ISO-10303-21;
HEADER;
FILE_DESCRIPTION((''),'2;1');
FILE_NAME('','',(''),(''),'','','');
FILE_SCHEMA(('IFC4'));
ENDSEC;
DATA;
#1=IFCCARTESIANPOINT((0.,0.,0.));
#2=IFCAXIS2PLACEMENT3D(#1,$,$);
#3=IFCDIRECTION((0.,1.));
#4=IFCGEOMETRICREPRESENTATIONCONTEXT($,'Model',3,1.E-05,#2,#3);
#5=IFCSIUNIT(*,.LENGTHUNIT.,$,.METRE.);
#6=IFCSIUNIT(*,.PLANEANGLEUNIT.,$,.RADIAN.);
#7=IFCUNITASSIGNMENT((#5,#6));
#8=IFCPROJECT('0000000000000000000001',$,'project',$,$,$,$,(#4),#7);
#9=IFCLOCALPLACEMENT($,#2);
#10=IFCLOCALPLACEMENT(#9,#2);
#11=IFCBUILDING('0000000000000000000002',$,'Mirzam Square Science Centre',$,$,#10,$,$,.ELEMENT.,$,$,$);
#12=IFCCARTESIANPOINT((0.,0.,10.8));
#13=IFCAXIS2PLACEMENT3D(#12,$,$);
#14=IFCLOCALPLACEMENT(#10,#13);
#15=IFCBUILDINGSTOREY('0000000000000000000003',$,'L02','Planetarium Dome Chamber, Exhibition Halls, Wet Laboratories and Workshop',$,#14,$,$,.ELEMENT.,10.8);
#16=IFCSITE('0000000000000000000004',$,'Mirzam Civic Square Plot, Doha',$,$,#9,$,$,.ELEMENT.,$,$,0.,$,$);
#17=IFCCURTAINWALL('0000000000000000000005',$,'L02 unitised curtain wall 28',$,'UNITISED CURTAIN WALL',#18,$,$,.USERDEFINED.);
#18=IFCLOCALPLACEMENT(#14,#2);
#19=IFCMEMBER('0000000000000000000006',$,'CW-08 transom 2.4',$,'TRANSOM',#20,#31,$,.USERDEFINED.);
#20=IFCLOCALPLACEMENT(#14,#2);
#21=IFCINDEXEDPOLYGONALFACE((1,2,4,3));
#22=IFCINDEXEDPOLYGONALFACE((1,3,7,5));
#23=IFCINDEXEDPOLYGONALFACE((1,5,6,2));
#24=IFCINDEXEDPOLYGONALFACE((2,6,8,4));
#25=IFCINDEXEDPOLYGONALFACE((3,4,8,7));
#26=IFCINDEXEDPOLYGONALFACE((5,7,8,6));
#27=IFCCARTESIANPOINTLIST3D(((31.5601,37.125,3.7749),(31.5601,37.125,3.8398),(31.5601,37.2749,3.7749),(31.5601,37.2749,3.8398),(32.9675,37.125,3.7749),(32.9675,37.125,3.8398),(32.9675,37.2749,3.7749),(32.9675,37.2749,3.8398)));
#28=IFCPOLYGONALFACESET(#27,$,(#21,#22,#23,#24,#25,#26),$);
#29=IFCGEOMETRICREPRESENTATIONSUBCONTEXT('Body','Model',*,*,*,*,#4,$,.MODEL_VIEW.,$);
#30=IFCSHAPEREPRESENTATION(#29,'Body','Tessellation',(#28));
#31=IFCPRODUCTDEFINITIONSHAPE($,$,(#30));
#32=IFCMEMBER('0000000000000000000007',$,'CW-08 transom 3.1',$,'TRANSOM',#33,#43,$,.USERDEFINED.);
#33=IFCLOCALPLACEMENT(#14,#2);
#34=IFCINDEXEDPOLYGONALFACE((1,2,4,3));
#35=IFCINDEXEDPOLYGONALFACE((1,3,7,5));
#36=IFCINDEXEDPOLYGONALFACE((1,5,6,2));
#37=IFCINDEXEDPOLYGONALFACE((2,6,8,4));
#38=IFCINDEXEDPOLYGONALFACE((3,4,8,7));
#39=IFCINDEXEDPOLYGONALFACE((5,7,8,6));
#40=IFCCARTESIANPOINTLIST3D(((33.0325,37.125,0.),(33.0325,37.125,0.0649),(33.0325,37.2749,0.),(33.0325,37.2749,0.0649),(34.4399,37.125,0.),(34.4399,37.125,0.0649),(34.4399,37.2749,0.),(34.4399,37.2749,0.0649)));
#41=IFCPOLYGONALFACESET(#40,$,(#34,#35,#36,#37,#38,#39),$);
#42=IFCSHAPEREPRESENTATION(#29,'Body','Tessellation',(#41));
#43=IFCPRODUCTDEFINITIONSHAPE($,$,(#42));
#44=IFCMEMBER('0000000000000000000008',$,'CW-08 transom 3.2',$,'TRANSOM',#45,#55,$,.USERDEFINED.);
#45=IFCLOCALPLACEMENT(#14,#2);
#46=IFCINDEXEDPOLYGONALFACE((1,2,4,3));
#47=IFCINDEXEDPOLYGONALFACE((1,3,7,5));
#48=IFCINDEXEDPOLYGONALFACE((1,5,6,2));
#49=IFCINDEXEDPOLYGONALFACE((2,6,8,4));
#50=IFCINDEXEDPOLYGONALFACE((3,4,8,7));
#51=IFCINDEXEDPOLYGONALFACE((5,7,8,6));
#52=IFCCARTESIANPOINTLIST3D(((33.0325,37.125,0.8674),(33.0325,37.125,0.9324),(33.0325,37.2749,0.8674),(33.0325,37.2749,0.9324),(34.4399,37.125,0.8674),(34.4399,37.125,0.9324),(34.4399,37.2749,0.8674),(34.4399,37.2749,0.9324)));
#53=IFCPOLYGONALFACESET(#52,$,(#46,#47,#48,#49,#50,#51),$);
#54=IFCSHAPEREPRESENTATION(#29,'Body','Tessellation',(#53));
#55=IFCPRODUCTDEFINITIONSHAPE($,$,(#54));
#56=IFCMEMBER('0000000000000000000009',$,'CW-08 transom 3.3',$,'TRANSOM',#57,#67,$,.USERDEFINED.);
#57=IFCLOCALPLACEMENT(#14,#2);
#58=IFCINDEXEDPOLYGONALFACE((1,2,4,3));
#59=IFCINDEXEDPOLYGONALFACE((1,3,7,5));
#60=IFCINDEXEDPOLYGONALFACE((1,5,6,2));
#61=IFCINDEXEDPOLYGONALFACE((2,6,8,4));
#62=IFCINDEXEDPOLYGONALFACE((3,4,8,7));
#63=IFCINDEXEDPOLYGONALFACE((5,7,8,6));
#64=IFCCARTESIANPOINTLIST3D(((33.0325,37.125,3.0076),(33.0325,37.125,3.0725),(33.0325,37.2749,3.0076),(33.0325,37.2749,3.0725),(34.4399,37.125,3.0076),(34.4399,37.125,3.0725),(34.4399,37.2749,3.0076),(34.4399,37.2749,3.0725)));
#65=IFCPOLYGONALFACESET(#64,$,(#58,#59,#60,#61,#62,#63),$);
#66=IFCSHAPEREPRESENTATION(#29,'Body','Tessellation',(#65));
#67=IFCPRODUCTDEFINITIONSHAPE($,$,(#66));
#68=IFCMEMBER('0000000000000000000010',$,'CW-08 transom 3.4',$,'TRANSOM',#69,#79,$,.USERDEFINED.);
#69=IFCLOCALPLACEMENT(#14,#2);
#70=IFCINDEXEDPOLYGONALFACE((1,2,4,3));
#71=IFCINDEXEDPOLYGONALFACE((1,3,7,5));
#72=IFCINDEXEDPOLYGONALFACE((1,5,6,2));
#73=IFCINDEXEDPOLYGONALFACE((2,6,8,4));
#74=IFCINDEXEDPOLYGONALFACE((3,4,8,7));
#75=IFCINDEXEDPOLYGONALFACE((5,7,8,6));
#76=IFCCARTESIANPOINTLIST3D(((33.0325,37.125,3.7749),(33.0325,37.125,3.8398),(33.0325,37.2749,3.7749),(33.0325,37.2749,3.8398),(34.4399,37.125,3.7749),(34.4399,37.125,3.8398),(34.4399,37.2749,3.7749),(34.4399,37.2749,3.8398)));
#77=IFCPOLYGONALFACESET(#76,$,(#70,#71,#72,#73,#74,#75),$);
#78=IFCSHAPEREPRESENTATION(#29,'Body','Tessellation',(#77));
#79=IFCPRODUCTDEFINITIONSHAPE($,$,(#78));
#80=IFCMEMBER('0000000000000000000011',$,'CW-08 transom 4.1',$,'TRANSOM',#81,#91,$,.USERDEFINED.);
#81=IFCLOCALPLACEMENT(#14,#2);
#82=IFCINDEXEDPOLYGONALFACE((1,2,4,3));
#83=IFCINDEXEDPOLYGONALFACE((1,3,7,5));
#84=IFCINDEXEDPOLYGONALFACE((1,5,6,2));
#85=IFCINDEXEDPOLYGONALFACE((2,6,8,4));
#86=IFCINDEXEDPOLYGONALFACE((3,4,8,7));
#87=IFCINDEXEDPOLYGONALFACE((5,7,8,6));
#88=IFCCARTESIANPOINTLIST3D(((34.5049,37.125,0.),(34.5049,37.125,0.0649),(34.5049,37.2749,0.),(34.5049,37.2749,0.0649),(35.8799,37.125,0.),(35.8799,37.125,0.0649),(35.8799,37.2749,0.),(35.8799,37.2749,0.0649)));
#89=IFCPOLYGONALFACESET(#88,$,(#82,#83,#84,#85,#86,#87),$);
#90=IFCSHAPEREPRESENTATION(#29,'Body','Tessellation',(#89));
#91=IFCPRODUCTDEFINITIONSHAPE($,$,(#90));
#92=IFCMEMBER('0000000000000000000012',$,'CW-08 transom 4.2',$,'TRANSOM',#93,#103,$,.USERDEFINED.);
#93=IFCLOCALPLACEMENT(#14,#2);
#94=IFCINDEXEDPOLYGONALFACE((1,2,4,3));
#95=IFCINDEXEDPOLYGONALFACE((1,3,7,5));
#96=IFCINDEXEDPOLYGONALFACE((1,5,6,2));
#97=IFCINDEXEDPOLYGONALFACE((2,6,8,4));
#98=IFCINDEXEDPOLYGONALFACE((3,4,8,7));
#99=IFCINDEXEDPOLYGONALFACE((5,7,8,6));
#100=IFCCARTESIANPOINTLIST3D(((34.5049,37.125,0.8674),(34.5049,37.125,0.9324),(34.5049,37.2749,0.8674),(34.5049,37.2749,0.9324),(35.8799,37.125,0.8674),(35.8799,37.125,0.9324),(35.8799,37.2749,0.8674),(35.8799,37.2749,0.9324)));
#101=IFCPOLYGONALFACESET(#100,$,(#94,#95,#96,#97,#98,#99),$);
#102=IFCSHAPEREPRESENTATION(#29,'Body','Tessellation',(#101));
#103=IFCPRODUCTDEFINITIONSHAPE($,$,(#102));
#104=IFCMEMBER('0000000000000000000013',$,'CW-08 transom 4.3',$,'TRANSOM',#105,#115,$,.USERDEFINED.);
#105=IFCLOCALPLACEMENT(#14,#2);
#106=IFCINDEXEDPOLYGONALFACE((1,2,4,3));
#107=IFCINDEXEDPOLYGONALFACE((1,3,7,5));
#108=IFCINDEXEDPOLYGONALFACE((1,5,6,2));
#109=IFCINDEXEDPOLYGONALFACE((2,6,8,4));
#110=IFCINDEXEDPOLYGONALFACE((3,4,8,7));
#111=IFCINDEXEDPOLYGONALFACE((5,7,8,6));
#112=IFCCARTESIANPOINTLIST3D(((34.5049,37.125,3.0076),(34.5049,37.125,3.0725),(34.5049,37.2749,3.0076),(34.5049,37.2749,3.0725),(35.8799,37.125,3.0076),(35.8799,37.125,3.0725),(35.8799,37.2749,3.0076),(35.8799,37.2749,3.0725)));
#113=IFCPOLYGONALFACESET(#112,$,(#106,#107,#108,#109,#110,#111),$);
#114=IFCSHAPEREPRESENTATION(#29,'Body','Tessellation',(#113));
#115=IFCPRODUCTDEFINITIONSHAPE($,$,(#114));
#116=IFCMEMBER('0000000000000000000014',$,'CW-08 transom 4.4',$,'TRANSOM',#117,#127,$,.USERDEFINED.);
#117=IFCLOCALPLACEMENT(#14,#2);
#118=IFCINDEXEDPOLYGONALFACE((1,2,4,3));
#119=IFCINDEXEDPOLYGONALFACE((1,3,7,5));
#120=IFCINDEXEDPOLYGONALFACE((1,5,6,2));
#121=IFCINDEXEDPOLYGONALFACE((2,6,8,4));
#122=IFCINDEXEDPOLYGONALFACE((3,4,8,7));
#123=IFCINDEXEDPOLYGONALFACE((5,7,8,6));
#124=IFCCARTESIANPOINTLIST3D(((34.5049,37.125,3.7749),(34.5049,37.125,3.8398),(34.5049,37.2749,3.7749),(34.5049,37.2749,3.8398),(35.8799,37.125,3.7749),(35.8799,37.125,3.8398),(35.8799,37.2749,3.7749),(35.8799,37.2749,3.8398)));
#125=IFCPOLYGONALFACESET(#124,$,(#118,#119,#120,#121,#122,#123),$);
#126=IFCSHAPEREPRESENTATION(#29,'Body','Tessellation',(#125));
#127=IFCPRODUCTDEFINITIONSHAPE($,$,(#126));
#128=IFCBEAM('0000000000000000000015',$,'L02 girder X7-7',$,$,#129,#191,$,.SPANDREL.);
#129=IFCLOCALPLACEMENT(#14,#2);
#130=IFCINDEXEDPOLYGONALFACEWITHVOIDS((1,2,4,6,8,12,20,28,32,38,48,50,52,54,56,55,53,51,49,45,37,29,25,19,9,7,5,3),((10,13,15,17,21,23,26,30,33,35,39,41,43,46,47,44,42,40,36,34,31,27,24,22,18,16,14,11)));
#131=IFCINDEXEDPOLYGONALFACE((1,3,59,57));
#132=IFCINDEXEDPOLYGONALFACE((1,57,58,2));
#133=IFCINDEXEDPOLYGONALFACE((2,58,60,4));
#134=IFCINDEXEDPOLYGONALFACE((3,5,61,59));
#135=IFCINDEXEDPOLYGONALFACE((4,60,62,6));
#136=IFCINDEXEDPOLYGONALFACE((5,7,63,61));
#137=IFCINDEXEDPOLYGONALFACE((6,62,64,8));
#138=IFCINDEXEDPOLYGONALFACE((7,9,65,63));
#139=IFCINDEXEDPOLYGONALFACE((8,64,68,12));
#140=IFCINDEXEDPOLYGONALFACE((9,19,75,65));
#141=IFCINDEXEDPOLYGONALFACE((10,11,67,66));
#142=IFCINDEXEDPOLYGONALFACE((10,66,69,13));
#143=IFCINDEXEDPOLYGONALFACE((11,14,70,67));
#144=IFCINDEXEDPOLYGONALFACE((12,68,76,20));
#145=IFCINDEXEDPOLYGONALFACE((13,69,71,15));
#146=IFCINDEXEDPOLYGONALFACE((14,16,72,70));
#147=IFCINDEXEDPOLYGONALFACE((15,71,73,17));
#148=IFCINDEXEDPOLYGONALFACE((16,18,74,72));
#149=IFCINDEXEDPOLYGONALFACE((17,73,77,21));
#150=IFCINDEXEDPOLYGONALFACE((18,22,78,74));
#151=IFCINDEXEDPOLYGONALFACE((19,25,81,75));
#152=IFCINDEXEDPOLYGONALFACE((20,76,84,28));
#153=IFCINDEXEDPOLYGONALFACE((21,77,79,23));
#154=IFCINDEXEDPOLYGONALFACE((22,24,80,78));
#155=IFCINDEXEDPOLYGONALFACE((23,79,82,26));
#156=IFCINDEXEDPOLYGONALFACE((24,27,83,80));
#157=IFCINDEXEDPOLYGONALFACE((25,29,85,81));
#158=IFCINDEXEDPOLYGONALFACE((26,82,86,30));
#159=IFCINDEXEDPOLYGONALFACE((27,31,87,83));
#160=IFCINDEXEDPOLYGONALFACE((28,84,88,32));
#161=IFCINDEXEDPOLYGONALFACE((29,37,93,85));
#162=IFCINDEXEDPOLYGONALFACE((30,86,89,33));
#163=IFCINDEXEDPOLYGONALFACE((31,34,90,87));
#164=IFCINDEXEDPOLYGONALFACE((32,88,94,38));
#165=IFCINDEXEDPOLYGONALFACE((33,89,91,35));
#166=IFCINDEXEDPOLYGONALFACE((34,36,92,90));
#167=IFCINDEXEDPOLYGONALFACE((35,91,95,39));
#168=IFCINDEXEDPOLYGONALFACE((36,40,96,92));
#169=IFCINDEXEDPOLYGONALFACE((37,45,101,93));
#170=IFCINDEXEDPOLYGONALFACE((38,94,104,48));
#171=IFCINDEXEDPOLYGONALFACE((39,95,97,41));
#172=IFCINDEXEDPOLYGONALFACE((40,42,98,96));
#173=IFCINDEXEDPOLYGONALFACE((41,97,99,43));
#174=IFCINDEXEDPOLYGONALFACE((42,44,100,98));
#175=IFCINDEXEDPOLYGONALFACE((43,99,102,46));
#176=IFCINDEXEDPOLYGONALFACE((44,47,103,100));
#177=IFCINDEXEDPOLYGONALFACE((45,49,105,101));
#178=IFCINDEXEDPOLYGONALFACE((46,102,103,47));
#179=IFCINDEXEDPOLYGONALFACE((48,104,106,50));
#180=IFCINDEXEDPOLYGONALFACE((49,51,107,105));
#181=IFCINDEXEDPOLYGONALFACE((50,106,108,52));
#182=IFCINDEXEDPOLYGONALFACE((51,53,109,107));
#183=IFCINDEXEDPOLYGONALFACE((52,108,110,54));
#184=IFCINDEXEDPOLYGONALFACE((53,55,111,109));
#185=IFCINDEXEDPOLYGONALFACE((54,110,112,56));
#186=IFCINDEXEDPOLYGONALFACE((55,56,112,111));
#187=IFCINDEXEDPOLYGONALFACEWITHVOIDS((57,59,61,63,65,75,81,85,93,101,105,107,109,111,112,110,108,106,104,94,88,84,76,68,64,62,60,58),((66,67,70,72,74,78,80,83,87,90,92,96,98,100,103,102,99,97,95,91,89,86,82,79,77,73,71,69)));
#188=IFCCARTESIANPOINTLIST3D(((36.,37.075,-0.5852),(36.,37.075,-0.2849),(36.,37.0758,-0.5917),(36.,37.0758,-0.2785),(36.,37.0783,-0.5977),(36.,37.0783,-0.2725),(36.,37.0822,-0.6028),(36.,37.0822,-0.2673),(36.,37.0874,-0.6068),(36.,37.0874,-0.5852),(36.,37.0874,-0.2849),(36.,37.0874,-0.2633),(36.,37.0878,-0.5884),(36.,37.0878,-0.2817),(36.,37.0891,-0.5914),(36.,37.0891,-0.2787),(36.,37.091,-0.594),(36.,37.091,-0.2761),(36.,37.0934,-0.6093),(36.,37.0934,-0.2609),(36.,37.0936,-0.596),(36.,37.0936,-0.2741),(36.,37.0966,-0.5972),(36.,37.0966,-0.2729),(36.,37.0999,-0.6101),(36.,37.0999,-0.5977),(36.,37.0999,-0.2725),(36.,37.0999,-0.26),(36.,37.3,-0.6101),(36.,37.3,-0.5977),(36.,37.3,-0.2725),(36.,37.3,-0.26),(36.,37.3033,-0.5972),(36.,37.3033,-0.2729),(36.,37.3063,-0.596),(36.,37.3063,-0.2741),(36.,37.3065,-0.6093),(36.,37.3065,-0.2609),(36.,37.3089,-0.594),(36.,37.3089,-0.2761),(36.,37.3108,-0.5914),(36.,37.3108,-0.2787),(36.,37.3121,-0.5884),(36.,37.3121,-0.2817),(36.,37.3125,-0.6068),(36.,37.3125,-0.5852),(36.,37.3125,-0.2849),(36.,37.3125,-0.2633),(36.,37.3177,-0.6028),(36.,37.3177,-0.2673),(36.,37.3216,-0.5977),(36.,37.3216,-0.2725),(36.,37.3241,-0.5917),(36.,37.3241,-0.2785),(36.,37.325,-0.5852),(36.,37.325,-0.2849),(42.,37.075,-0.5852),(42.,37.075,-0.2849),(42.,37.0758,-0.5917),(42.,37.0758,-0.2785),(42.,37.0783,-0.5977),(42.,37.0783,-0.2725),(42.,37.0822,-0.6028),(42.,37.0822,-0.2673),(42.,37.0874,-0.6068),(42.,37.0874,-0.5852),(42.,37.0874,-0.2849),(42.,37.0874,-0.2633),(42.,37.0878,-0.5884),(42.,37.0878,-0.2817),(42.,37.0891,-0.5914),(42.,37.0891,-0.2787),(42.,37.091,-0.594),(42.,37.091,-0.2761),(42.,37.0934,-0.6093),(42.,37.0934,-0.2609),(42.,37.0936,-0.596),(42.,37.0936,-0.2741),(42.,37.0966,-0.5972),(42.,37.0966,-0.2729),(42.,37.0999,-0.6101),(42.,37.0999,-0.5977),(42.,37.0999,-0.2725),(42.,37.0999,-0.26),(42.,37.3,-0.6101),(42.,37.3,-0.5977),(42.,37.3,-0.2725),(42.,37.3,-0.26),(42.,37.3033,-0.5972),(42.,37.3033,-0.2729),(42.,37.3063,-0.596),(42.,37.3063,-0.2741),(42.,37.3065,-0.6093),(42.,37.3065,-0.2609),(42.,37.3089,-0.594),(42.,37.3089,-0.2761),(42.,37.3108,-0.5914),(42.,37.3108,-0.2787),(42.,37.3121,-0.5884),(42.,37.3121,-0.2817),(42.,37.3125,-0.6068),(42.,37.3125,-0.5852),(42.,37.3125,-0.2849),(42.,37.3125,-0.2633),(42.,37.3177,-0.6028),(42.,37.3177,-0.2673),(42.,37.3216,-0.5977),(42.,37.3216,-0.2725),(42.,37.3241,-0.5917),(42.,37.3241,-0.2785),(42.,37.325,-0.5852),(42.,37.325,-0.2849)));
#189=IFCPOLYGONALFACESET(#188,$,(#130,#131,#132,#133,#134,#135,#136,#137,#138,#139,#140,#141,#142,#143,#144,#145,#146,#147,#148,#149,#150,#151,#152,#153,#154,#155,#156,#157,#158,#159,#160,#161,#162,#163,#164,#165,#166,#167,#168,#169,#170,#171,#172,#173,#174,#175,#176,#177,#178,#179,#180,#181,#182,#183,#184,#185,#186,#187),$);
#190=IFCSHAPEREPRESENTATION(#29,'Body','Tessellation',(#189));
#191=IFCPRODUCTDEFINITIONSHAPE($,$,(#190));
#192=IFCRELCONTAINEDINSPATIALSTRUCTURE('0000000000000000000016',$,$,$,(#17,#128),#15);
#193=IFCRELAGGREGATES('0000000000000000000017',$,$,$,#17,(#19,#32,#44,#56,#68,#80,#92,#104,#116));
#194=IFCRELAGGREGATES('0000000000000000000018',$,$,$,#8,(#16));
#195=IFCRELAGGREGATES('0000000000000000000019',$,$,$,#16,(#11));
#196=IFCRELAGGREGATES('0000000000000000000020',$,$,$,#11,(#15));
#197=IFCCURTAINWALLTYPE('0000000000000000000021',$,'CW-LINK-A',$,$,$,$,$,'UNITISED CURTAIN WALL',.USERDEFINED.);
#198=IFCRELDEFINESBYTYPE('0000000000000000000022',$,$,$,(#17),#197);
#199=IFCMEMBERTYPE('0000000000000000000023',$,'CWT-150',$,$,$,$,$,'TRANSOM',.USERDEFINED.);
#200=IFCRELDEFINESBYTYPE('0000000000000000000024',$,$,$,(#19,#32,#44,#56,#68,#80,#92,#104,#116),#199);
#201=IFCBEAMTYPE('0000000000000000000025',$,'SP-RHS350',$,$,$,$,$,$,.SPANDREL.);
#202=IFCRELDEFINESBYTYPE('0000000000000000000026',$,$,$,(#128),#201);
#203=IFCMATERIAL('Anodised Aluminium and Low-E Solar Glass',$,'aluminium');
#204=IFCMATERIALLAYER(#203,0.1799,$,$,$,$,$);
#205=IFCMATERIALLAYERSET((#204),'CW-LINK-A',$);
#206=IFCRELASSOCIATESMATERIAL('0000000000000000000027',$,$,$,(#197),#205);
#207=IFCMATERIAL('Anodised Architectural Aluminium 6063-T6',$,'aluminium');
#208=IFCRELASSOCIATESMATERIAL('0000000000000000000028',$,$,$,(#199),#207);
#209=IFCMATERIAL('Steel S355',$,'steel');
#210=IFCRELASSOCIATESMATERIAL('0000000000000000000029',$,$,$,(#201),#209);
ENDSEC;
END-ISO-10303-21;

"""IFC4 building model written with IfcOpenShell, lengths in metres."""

from ifc_helpers import new_model, si_unit, direction, frame, origin, origin_2d, place, context, subcontext, project, spatial, rectangle, hollow_rectangle, extrude, material, layer, layer_set, material_profile, profile_set, type_object, element, aggregate, save


model = new_model("IFC4")

# Units and contexts
model_context = context("Model", 3, precision=1e-05, world=origin(), true_north=direction((0.0, 1.0)))
body_context = subcontext(model_context, "Body", "Model", "MODEL_VIEW")
ifc_project = project(units=[si_unit("LENGTHUNIT", "METRE"), si_unit("PLANEANGLEUNIT", "RADIAN")], contexts=[model_context])

# Site, building, storey
site_placement = place(None, origin())
site = spatial("IfcSite", under=ifc_project, at=site_placement, Name="Mirzam Civic Square Plot, Doha", CompositionType="ELEMENT", RefElevation=0.0)
building_placement = place(site_placement, origin())
building = spatial("IfcBuilding", under=site, at=building_placement, Name="Mirzam Square Science Centre", CompositionType="ELEMENT")
storey_placement = place(building_placement, frame((0.0, 0.0, 10.8)))
storey = spatial("IfcBuildingStorey", under=building, at=storey_placement, Name="L02", Description="Planetarium Dome Chamber, Exhibition Halls, Wet Laboratories and Workshop", CompositionType="ELEMENT", Elevation=10.8)

# Shared definitions
ifc_material_1 = material(Name="Steel S355", Category="steel")

# Shared definitions
ifc_material_2 = material(Name="Anodised Aluminium and Low-E Solar Glass", Category="aluminium")
ifc_material_3 = material(Name="Anodised Architectural Aluminium 6063-T6", Category="aluminium")

# Curtain wall
ifc_layer_1 = layer(ifc_material_2, 0.1799)
ifc_layer_set_1 = layer_set([ifc_layer_1], Name="CW-LINK-A")
curtain_wall_type_1 = type_object("IfcCurtainWallType", Name="CW-LINK-A", ElementType="UNITISED CURTAIN WALL", PredefinedType="USERDEFINED", material=ifc_layer_set_1)
curtain_wall_1_placement = place(storey_placement, origin())
curtain_wall_1 = element("IfcCurtainWall", 1, at=curtain_wall_1_placement, inside=storey, type_object=curtain_wall_type_1, Name="L02 unitised curtain wall 28", ObjectType="UNITISED CURTAIN WALL", PredefinedType="USERDEFINED")

# Members
ifc_material_profile_1 = material_profile(ifc_material_3, rectangle(XDim=0.1499, YDim=0.0649, at=origin_2d()), Name="ALU-TRAN-150x65x4")
ifc_profile_set_1 = profile_set([ifc_material_profile_1], Name="Anodised Architectural Aluminium 6063-T6")
member_type_1 = type_object("IfcMemberType", Name="CWT-150", ElementType="TRANSOM", PredefinedType="USERDEFINED", material=ifc_profile_set_1)
member_1_placement = place(storey_placement, frame((31.5601, 37.2, 3.8074), z_axis=(1.0, 0.0, 0.0), x_axis=(0.0, 1.0, 0.0)))
member_1 = element("IfcMember", 2, at=member_1_placement, type_object=member_type_1, Name="CW-08 transom 2.4", ObjectType="TRANSOM", PredefinedType="USERDEFINED", context=body_context, shape_type="SweptSolid", body=[
    extrude(rectangle(XDim=0.1499, YDim=0.0649, at=origin_2d()), origin(), (0.0, 0.0, 1.0), 1.4075),
])
member_2_placement = place(storey_placement, frame((33.0325, 37.2, 0.0325), z_axis=(1.0, 0.0, 0.0), x_axis=(0.0, 1.0, 0.0)))
member_2 = element("IfcMember", 3, at=member_2_placement, type_object=member_type_1, Name="CW-08 transom 3.1", ObjectType="TRANSOM", PredefinedType="USERDEFINED", context=body_context, shape_type="SweptSolid", body=[
    extrude(rectangle(XDim=0.1499, YDim=0.0649, at=origin_2d()), origin(), (0.0, 0.0, 1.0), 1.4075),
])
member_3_placement = place(storey_placement, frame((33.0325, 37.2, 0.8999), z_axis=(1.0, 0.0, 0.0), x_axis=(0.0, 1.0, 0.0)))
member_3 = element("IfcMember", 4, at=member_3_placement, type_object=member_type_1, Name="CW-08 transom 3.2", ObjectType="TRANSOM", PredefinedType="USERDEFINED", context=body_context, shape_type="SweptSolid", body=[
    extrude(rectangle(XDim=0.1499, YDim=0.0649, at=origin_2d()), origin(), (0.0, 0.0, 1.0), 1.4075),
])
member_4_placement = place(storey_placement, frame((33.0325, 37.2, 3.04), z_axis=(1.0, 0.0, 0.0), x_axis=(0.0, 1.0, 0.0)))
member_4 = element("IfcMember", 5, at=member_4_placement, type_object=member_type_1, Name="CW-08 transom 3.3", ObjectType="TRANSOM", PredefinedType="USERDEFINED", context=body_context, shape_type="SweptSolid", body=[
    extrude(rectangle(XDim=0.1499, YDim=0.0649, at=origin_2d()), origin(), (0.0, 0.0, 1.0), 1.4075),
])
member_5_placement = place(storey_placement, frame((33.0325, 37.2, 3.8074), z_axis=(1.0, 0.0, 0.0), x_axis=(0.0, 1.0, 0.0)))
member_5 = element("IfcMember", 6, at=member_5_placement, type_object=member_type_1, Name="CW-08 transom 3.4", ObjectType="TRANSOM", PredefinedType="USERDEFINED", context=body_context, shape_type="SweptSolid", body=[
    extrude(rectangle(XDim=0.1499, YDim=0.0649, at=origin_2d()), origin(), (0.0, 0.0, 1.0), 1.4075),
])
member_6_placement = place(storey_placement, frame((34.5049, 37.2, 0.0325), z_axis=(1.0, 0.0, 0.0), x_axis=(0.0, 1.0, 0.0)))
member_6 = element("IfcMember", 7, at=member_6_placement, type_object=member_type_1, Name="CW-08 transom 4.1", ObjectType="TRANSOM", PredefinedType="USERDEFINED", context=body_context, shape_type="SweptSolid", body=[
    extrude(rectangle(XDim=0.1499, YDim=0.0649, at=origin_2d()), origin(), (0.0, 0.0, 1.0), 1.375),
])
member_7_placement = place(storey_placement, frame((34.5049, 37.2, 0.8999), z_axis=(1.0, 0.0, 0.0), x_axis=(0.0, 1.0, 0.0)))
member_7 = element("IfcMember", 8, at=member_7_placement, type_object=member_type_1, Name="CW-08 transom 4.2", ObjectType="TRANSOM", PredefinedType="USERDEFINED", context=body_context, shape_type="SweptSolid", body=[
    extrude(rectangle(XDim=0.1499, YDim=0.0649, at=origin_2d()), origin(), (0.0, 0.0, 1.0), 1.375),
])
member_8_placement = place(storey_placement, frame((34.5049, 37.2, 3.04), z_axis=(1.0, 0.0, 0.0), x_axis=(0.0, 1.0, 0.0)))
member_8 = element("IfcMember", 9, at=member_8_placement, type_object=member_type_1, Name="CW-08 transom 4.3", ObjectType="TRANSOM", PredefinedType="USERDEFINED", context=body_context, shape_type="SweptSolid", body=[
    extrude(rectangle(XDim=0.1499, YDim=0.0649, at=origin_2d()), origin(), (0.0, 0.0, 1.0), 1.375),
])
member_9_placement = place(storey_placement, frame((34.5049, 37.2, 3.8074), z_axis=(1.0, 0.0, 0.0), x_axis=(0.0, 1.0, 0.0)))
member_9 = element("IfcMember", 10, at=member_9_placement, type_object=member_type_1, Name="CW-08 transom 4.4", ObjectType="TRANSOM", PredefinedType="USERDEFINED", context=body_context, shape_type="SweptSolid", body=[
    extrude(rectangle(XDim=0.1499, YDim=0.0649, at=origin_2d()), origin(), (0.0, 0.0, 1.0), 1.375),
])

# Beam
ifc_material_profile_2 = material_profile(ifc_material_1, hollow_rectangle(XDim=0.25, YDim=0.3501, WallThickness=0.0125, InnerFilletRadius=0.0125, OuterFilletRadius=0.0249, at=origin_2d()), Name="350x250x12.5RHS")
ifc_profile_set_2 = profile_set([ifc_material_profile_2], Name="Steel S355")
beam_type_1 = type_object("IfcBeamType", Name="SP-RHS350", PredefinedType="SPANDREL", material=ifc_profile_set_2)
for number, where, z_axis, x_axis, name in (
    (11, (36.0, 37.2, -0.4351), (1.0, 0.0, 0.0), (0.0, 1.0, 0.0), "L02 girder X7-7"),
):
    element("IfcBeam", number, at=place(storey_placement, frame(where, z_axis=z_axis, x_axis=x_axis)), inside=storey, type_object=beam_type_1, Name=name, PredefinedType="SPANDREL", context=body_context, shape_type="SweptSolid", body=[
        extrude(hollow_rectangle(XDim=0.25, YDim=0.3501, WallThickness=0.0125, InnerFilletRadius=0.0125, OuterFilletRadius=0.0249, at=origin_2d()), origin(), (0.0, 0.0, 1.0), 6.0),
    ])

aggregate(curtain_wall_1, [member_1, member_2, member_3, member_4, member_5, member_6, member_7, member_8, member_9])

save(model, "model.ifc")
